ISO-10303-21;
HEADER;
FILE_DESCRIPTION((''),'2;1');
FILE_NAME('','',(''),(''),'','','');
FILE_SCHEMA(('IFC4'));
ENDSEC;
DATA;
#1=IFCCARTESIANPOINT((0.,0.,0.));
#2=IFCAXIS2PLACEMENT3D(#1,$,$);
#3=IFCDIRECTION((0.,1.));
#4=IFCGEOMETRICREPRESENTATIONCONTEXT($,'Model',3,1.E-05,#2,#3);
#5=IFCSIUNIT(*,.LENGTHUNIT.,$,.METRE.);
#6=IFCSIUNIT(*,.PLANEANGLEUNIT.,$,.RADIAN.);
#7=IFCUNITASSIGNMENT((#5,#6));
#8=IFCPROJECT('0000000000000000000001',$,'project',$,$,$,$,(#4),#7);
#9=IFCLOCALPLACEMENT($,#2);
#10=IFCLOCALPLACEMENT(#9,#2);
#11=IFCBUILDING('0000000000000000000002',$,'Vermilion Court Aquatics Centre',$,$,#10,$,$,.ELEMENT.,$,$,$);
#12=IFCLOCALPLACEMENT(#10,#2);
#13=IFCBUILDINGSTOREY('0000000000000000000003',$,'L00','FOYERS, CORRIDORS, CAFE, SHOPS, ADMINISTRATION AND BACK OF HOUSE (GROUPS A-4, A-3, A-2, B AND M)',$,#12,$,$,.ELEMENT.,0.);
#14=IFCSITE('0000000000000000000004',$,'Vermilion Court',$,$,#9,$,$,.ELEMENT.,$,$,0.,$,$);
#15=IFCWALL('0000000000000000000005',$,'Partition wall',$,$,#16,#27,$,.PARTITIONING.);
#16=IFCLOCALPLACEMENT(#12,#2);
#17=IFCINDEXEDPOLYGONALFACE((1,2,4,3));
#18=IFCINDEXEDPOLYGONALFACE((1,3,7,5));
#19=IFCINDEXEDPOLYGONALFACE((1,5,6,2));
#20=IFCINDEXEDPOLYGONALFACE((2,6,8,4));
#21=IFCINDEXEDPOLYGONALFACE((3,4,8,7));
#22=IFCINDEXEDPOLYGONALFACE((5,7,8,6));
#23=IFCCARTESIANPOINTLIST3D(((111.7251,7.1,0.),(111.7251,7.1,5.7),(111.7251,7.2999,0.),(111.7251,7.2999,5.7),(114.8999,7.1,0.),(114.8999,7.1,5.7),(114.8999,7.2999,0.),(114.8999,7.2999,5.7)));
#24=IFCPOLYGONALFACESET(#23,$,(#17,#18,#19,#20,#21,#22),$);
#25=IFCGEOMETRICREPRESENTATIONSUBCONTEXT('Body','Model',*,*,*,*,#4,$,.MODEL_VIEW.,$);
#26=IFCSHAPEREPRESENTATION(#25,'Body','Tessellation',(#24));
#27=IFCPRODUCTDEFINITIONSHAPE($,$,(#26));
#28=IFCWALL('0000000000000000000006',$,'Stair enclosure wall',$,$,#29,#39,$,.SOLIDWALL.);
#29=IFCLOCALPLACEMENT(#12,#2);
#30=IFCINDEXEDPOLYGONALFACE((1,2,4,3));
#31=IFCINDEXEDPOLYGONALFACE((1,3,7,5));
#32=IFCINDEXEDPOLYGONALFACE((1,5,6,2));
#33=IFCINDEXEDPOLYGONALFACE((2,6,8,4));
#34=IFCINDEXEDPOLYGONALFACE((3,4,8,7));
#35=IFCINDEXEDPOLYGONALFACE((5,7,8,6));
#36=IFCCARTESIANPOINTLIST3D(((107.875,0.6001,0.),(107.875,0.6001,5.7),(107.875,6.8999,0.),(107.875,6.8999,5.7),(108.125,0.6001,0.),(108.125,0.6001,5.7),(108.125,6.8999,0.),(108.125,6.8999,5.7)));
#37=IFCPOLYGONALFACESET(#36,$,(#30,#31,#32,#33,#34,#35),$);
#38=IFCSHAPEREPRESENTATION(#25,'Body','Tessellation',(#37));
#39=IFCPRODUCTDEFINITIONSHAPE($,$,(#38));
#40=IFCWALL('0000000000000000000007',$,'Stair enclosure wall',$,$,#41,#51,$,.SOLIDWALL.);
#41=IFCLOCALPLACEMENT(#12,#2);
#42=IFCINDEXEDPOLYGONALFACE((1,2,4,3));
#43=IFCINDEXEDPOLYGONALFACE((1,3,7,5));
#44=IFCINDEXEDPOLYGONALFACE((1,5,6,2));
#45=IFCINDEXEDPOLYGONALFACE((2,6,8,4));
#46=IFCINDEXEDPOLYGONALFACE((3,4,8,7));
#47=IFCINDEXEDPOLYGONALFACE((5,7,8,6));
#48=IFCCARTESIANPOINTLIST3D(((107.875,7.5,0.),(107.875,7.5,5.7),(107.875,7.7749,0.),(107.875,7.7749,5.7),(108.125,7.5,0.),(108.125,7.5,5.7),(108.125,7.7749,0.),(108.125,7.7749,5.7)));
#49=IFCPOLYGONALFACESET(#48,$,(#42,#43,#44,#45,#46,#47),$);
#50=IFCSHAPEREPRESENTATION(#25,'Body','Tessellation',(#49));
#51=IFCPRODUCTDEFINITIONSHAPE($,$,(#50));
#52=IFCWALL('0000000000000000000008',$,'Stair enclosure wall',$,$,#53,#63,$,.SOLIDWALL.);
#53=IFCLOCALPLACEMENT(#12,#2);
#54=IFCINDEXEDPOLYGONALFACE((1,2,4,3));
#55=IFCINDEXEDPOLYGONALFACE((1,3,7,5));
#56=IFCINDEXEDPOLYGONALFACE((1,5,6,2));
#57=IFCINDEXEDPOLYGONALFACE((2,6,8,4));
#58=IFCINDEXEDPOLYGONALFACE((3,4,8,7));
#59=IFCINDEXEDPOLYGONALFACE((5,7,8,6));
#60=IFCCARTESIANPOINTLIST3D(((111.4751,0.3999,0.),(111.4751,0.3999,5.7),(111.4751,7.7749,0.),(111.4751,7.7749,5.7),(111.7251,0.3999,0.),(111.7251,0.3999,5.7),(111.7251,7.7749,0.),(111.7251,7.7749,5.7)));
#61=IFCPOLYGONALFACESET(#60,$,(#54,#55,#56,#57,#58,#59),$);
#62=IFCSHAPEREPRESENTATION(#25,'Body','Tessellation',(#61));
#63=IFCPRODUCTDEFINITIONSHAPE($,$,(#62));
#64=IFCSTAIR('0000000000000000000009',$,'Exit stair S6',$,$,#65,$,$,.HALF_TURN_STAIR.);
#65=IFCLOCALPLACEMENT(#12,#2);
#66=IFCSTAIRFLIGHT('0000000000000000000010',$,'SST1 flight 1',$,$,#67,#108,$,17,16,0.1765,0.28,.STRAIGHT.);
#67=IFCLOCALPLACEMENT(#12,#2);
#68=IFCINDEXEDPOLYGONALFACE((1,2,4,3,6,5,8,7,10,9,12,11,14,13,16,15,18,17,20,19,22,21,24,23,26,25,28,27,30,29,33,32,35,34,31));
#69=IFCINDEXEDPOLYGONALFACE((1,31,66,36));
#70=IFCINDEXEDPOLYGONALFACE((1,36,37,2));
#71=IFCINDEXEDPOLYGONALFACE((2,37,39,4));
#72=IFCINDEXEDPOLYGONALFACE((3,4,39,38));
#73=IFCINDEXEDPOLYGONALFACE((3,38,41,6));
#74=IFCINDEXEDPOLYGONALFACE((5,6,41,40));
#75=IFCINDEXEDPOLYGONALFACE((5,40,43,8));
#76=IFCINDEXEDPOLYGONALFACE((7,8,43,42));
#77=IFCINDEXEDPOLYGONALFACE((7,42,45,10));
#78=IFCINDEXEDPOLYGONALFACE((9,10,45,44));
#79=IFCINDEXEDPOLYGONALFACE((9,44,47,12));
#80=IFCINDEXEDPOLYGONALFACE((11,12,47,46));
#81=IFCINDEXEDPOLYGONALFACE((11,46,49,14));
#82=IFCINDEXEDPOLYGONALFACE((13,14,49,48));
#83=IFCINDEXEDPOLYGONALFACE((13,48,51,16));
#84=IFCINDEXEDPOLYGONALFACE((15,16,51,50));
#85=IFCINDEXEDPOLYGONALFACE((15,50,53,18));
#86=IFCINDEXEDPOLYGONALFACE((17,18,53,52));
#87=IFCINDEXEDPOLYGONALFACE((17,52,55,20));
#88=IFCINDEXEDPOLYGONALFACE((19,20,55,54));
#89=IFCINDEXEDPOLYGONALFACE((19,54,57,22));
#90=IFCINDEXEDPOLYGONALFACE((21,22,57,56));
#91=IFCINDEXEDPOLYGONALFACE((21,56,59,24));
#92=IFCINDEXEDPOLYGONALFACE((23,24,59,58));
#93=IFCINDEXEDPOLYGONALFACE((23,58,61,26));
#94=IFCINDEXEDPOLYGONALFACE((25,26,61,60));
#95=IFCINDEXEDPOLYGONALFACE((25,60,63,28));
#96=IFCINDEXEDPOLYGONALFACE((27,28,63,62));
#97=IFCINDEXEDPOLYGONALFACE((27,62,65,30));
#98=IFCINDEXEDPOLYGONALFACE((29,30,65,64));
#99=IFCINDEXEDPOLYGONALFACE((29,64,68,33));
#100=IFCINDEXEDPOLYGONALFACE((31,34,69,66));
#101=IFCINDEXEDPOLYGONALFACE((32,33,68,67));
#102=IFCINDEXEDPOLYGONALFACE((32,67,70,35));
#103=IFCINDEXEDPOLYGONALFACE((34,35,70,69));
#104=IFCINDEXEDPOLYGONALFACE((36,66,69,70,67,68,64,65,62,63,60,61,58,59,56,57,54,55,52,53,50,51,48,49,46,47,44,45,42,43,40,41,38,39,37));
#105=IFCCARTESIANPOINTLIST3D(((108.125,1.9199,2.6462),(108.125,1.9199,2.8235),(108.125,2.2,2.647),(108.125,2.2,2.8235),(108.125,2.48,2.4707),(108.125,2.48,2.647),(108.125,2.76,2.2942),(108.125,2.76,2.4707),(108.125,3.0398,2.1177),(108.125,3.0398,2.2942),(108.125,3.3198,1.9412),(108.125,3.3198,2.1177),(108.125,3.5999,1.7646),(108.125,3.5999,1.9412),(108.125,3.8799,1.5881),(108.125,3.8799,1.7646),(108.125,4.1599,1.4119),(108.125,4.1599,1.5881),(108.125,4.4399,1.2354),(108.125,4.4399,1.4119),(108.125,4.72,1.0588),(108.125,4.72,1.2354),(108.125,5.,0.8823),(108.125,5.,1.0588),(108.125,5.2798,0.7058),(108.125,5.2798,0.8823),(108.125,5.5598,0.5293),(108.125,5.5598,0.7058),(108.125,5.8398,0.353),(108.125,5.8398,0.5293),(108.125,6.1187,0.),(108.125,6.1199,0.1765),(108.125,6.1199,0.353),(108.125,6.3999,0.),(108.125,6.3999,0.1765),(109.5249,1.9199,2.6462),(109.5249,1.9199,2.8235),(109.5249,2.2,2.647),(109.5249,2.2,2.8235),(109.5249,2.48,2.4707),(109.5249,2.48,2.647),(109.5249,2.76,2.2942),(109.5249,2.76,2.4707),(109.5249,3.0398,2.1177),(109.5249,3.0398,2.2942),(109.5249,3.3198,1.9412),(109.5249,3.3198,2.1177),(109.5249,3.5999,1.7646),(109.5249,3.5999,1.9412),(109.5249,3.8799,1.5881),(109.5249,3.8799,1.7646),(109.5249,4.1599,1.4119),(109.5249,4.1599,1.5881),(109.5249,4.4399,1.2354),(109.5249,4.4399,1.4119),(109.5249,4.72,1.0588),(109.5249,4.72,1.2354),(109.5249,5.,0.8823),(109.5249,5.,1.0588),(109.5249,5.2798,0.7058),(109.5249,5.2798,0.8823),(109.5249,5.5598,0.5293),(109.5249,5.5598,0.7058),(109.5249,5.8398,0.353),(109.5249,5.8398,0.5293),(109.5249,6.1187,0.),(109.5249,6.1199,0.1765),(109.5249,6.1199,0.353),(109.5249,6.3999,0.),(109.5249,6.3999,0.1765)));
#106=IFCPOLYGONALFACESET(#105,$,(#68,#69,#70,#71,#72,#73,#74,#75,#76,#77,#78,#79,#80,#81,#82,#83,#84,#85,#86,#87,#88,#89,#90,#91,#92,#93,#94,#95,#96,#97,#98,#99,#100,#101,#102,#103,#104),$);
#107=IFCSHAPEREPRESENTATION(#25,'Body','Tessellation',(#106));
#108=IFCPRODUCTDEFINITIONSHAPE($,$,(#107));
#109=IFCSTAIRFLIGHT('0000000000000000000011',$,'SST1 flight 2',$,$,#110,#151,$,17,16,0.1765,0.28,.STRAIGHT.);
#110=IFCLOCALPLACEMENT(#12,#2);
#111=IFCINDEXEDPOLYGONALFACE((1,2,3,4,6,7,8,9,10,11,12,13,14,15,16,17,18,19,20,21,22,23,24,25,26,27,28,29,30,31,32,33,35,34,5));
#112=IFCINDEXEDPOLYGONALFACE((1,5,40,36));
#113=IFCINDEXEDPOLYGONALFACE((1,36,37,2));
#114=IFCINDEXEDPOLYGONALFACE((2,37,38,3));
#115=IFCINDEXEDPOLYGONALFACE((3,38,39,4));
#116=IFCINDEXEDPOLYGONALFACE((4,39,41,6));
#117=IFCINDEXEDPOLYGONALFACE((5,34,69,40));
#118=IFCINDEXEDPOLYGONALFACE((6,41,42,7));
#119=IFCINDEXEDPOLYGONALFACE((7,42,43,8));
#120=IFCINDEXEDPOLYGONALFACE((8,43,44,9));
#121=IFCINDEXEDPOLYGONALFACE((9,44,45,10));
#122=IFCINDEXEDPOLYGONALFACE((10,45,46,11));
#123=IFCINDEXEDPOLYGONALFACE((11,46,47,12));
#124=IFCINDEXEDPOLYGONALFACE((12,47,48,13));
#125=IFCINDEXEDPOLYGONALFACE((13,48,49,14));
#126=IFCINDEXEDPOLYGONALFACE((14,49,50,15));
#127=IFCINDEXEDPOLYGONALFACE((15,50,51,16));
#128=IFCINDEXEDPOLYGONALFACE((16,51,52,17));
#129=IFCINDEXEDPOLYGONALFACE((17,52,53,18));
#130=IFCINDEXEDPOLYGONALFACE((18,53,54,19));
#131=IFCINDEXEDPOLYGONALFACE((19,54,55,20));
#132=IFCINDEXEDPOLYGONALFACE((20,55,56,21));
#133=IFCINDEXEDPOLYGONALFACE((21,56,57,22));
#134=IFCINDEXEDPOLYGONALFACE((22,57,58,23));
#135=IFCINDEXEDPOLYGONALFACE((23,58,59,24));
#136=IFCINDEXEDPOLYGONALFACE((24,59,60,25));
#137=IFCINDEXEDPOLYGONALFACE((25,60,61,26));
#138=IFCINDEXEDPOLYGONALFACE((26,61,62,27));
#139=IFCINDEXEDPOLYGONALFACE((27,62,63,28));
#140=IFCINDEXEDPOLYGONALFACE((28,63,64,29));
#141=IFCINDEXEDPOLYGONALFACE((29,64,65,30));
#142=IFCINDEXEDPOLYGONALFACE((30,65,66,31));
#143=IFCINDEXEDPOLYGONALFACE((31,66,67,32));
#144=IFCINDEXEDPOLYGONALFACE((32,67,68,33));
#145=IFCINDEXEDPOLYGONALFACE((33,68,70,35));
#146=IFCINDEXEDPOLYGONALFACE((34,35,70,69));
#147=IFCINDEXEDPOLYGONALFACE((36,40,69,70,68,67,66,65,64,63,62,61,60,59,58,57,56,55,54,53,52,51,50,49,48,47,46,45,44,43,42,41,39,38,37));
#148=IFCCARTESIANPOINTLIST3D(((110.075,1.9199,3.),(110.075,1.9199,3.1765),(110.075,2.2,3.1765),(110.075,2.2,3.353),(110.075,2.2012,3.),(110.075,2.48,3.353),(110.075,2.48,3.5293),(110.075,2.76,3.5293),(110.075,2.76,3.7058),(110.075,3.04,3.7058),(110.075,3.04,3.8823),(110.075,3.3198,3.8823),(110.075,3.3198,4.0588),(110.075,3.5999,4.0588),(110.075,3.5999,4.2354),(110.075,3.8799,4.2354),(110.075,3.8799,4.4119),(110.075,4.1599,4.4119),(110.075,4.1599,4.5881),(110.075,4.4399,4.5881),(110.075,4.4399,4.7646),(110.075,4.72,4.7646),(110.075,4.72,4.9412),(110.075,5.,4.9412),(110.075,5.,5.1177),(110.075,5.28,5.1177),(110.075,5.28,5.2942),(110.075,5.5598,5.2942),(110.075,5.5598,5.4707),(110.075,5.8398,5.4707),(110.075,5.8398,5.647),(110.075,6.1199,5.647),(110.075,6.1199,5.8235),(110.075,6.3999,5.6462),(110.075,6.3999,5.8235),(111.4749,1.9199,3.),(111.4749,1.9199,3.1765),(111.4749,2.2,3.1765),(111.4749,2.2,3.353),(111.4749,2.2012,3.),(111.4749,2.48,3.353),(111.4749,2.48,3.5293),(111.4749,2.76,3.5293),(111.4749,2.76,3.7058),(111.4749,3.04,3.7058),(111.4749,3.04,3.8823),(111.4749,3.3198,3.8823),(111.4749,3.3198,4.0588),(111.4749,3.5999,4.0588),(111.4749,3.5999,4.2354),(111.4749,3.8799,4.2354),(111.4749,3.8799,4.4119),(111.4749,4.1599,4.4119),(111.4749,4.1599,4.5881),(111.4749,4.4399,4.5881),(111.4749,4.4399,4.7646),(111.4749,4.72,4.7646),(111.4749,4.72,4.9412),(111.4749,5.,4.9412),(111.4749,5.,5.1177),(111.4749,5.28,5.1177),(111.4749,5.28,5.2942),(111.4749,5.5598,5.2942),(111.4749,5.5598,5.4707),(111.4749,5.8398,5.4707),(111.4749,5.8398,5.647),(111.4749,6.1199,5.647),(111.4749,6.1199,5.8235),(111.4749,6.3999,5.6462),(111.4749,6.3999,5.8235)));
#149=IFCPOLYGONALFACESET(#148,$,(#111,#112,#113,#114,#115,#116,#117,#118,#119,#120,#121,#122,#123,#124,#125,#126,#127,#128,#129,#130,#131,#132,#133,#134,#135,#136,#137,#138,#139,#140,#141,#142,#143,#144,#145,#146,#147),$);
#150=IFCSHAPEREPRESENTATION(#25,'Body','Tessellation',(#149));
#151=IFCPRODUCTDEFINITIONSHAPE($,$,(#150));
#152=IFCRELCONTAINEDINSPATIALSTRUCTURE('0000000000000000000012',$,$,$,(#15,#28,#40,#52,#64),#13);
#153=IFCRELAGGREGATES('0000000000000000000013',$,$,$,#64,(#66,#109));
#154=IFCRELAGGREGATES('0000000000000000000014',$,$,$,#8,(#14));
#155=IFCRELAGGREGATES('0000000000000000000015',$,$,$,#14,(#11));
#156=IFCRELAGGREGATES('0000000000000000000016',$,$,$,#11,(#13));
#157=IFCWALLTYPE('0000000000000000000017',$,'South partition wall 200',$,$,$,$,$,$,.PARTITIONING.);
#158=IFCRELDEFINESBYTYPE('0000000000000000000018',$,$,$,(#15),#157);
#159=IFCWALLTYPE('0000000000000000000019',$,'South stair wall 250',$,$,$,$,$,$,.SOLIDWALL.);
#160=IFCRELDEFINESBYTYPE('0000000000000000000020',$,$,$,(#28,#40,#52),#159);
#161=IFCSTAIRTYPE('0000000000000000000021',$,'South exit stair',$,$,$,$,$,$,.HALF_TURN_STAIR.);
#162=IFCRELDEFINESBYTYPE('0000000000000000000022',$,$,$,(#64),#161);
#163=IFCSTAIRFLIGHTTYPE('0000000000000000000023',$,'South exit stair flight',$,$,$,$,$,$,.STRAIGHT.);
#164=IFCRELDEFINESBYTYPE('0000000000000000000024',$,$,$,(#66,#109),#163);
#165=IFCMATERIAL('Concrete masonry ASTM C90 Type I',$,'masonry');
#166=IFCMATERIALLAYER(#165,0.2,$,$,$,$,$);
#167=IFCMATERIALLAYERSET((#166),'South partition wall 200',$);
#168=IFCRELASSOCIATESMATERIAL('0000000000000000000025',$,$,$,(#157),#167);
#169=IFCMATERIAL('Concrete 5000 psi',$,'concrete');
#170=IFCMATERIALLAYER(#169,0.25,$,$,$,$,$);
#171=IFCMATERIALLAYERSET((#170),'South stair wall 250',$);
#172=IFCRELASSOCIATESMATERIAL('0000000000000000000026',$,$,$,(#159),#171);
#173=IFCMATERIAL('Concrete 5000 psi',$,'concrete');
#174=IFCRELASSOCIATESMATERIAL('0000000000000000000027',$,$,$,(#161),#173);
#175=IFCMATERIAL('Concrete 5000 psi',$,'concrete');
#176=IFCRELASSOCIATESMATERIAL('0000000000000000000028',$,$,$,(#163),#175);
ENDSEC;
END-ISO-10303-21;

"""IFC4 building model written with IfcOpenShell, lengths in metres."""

from ifc_helpers import new_model, si_unit, direction, frame, frame_2d, origin, place, context, subcontext, project, spatial, polyline, rectangle, outline, extrude, material, layer, layer_set, type_object, element, aggregate, save


model = new_model("IFC4")

# Units and contexts
model_context = context("Model", 3, precision=1e-05, world=origin(), true_north=direction((0.0, 1.0)))
body_context = subcontext(model_context, "Body", "Model", "MODEL_VIEW")
ifc_project = project(units=[si_unit("LENGTHUNIT", "METRE"), si_unit("PLANEANGLEUNIT", "RADIAN")], contexts=[model_context])

# Site, building, storey
site_placement = place(None, origin())
site = spatial("IfcSite", under=ifc_project, at=site_placement, Name="Vermilion Court", CompositionType="ELEMENT", RefElevation=0.0)
building_placement = place(site_placement, origin())
building = spatial("IfcBuilding", under=site, at=building_placement, Name="Vermilion Court Aquatics Centre", CompositionType="ELEMENT")
storey_placement = place(building_placement, origin())
storey = spatial("IfcBuildingStorey", under=building, at=storey_placement, Name="L00", Description="FOYERS, CORRIDORS, CAFE, SHOPS, ADMINISTRATION AND BACK OF HOUSE (GROUPS A-4, A-3, A-2, B AND M)", CompositionType="ELEMENT", Elevation=0.0)

# Walls
ifc_material_1 = material(Name="Concrete masonry ASTM C90 Type I", Category="masonry")
ifc_layer_1 = layer(ifc_material_1, 0.2)
ifc_layer_set_1 = layer_set([ifc_layer_1], Name="South partition wall 200")
wall_type_1 = type_object("IfcWallType", Name="South partition wall 200", PredefinedType="PARTITIONING", material=ifc_layer_set_1)
wall_1_placement = place(storey_placement, frame((111.7251, 7.2, 0.0), z_axis=(0.0, 0.0, 1.0), x_axis=(1.0, 0.0, 0.0)))
element("IfcWall", 1, at=wall_1_placement, inside=storey, type_object=wall_type_1, Name="Partition wall", PredefinedType="PARTITIONING", context=body_context, shape_type="SweptSolid", body=[
    extrude(rectangle(XDim=3.1748, YDim=0.2, at=frame_2d((1.5874, 0.0))), origin(), (0.0, 0.0, 1.0), 5.7),
])
ifc_material_2 = material(Name="Concrete 5000 psi", Category="concrete")
ifc_layer_2 = layer(ifc_material_2, 0.25)
ifc_layer_set_2 = layer_set([ifc_layer_2], Name="South stair wall 250")
wall_type_2 = type_object("IfcWallType", Name="South stair wall 250", PredefinedType="SOLIDWALL", material=ifc_layer_set_2)
wall_2_placement = place(storey_placement, frame((108.0, 0.6001, 0.0), z_axis=(0.0, 0.0, 1.0), x_axis=(0.0, 1.0, 0.0)))
element("IfcWall", 2, at=wall_2_placement, inside=storey, type_object=wall_type_2, Name="Stair enclosure wall", PredefinedType="SOLIDWALL", context=body_context, shape_type="SweptSolid", body=[
    extrude(rectangle(XDim=6.2998, YDim=0.25, at=frame_2d((3.1499, 0.0))), origin(), (0.0, 0.0, 1.0), 5.7),
])
wall_3_placement = place(storey_placement, frame((108.0, 7.5, 0.0), z_axis=(0.0, 0.0, 1.0), x_axis=(0.0, 1.0, 0.0)))
element("IfcWall", 3, at=wall_3_placement, inside=storey, type_object=wall_type_2, Name="Stair enclosure wall", PredefinedType="SOLIDWALL", context=body_context, shape_type="SweptSolid", body=[
    extrude(rectangle(XDim=0.2749, YDim=0.25, at=frame_2d((0.1375, 0.0))), origin(), (0.0, 0.0, 1.0), 5.7),
])
wall_4_placement = place(storey_placement, frame((111.6001, 0.3999, 0.0), z_axis=(0.0, 0.0, 1.0), x_axis=(0.0, 1.0, 0.0)))
element("IfcWall", 4, at=wall_4_placement, inside=storey, type_object=wall_type_2, Name="Stair enclosure wall", PredefinedType="SOLIDWALL", context=body_context, shape_type="SweptSolid", body=[
    extrude(rectangle(XDim=7.375, YDim=0.25, at=frame_2d((3.6875, 0.0))), origin(), (0.0, 0.0, 1.0), 5.7),
])

# Stair, stair flights
ifc_material_3 = material(Name="Concrete 5000 psi", Category="concrete")
stair_type = type_object("IfcStairType", Name="South exit stair", PredefinedType="HALF_TURN_STAIR", material=ifc_material_3)
stair_placement = place(storey_placement, origin())
stair = element("IfcStair", 5, at=stair_placement, inside=storey, type_object=stair_type, Name="Exit stair S6", PredefinedType="HALF_TURN_STAIR")
ifc_material_4 = material(Name="Concrete 5000 psi", Category="concrete")
stair_flight_type = type_object("IfcStairFlightType", Name="South exit stair flight", PredefinedType="STRAIGHT", material=ifc_material_4)
stair_flight_1_placement = place(storey_placement, frame((108.825, 6.3999, 0.0), z_axis=(0.0, 0.0, 1.0), x_axis=(0.0, -1.0, 0.0)))
stair_flight_1 = element("IfcStairFlight", 6, at=stair_flight_1_placement, type_object=stair_flight_type, Name="SST1 flight 1", NumberOfRisers=17, NumberOfTreads=16, PredefinedType="STRAIGHT", RiserHeight=0.1765, TreadLength=0.28, context=body_context, shape_type="SweptSolid", body=[
    extrude(outline(polyline([(0.0, 0.0), (0.0, 0.1765), (0.28, 0.1765), (0.28, 0.353), (0.5601, 0.353), (0.5601, 0.5293), (0.8401, 0.5293), (0.8401, 0.7058), (1.1201, 0.7058), (1.1201, 0.8823), (1.3999, 0.8823), (1.3999, 1.0588), (1.6799, 1.0588), (1.6799, 1.2354), (1.96, 1.2354), (1.96, 1.4119), (2.24, 1.4119), (2.24, 1.5881), (2.52, 1.5881), (2.52, 1.7646), (2.8, 1.7646), (2.8, 1.9412), (3.0801, 1.9412), (3.0801, 2.1177), (3.3601, 2.1177), (3.3601, 2.2942), (3.6399, 2.2942), (3.6399, 2.4707), (3.9199, 2.4707), (3.9199, 2.647), (4.2, 2.647), (4.2, 2.8235), (4.48, 2.8235), (4.48, 3.0), (4.48, 2.6462), (0.2812, 0.0), (0.0, 0.0)])), frame((0.0, 0.7, 0.0), z_axis=(0.0, -1.0, 0.0), x_axis=(1.0, 0.0, 0.0)), (0.0, 0.0, 1.0), 1.3999),
])
stair_flight_2_placement = place(storey_placement, frame((110.7749, 1.9199, 3.0), z_axis=(0.0, 0.0, 1.0), x_axis=(0.0, 1.0, 0.0)))
stair_flight_2 = element("IfcStairFlight", 7, at=stair_flight_2_placement, type_object=stair_flight_type, Name="SST1 flight 2", NumberOfRisers=17, NumberOfTreads=16, PredefinedType="STRAIGHT", RiserHeight=0.1765, TreadLength=0.28, context=body_context, shape_type="SweptSolid", body=[
    extrude(outline(polyline([(0.0, 0.0), (0.0, 0.1765), (0.28, 0.1765), (0.28, 0.353), (0.5601, 0.353), (0.5601, 0.5293), (0.8401, 0.5293), (0.8401, 0.7058), (1.1201, 0.7058), (1.1201, 0.8823), (1.3999, 0.8823), (1.3999, 1.0588), (1.6799, 1.0588), (1.6799, 1.2354), (1.96, 1.2354), (1.96, 1.4119), (2.24, 1.4119), (2.24, 1.5881), (2.52, 1.5881), (2.52, 1.7646), (2.8, 1.7646), (2.8, 1.9412), (3.0801, 1.9412), (3.0801, 2.1177), (3.3601, 2.1177), (3.3601, 2.2942), (3.6399, 2.2942), (3.6399, 2.4707), (3.9199, 2.4707), (3.9199, 2.647), (4.2, 2.647), (4.2, 2.8235), (4.48, 2.8235), (4.48, 3.0), (4.48, 2.6462), (0.2812, 0.0), (0.0, 0.0)])), frame((0.0, 0.7, 0.0), z_axis=(0.0, -1.0, 0.0), x_axis=(1.0, 0.0, 0.0)), (0.0, 0.0, 1.0), 1.3999),
])
aggregate(stair, [stair_flight_1, stair_flight_2])

save(model, "model.ifc")
